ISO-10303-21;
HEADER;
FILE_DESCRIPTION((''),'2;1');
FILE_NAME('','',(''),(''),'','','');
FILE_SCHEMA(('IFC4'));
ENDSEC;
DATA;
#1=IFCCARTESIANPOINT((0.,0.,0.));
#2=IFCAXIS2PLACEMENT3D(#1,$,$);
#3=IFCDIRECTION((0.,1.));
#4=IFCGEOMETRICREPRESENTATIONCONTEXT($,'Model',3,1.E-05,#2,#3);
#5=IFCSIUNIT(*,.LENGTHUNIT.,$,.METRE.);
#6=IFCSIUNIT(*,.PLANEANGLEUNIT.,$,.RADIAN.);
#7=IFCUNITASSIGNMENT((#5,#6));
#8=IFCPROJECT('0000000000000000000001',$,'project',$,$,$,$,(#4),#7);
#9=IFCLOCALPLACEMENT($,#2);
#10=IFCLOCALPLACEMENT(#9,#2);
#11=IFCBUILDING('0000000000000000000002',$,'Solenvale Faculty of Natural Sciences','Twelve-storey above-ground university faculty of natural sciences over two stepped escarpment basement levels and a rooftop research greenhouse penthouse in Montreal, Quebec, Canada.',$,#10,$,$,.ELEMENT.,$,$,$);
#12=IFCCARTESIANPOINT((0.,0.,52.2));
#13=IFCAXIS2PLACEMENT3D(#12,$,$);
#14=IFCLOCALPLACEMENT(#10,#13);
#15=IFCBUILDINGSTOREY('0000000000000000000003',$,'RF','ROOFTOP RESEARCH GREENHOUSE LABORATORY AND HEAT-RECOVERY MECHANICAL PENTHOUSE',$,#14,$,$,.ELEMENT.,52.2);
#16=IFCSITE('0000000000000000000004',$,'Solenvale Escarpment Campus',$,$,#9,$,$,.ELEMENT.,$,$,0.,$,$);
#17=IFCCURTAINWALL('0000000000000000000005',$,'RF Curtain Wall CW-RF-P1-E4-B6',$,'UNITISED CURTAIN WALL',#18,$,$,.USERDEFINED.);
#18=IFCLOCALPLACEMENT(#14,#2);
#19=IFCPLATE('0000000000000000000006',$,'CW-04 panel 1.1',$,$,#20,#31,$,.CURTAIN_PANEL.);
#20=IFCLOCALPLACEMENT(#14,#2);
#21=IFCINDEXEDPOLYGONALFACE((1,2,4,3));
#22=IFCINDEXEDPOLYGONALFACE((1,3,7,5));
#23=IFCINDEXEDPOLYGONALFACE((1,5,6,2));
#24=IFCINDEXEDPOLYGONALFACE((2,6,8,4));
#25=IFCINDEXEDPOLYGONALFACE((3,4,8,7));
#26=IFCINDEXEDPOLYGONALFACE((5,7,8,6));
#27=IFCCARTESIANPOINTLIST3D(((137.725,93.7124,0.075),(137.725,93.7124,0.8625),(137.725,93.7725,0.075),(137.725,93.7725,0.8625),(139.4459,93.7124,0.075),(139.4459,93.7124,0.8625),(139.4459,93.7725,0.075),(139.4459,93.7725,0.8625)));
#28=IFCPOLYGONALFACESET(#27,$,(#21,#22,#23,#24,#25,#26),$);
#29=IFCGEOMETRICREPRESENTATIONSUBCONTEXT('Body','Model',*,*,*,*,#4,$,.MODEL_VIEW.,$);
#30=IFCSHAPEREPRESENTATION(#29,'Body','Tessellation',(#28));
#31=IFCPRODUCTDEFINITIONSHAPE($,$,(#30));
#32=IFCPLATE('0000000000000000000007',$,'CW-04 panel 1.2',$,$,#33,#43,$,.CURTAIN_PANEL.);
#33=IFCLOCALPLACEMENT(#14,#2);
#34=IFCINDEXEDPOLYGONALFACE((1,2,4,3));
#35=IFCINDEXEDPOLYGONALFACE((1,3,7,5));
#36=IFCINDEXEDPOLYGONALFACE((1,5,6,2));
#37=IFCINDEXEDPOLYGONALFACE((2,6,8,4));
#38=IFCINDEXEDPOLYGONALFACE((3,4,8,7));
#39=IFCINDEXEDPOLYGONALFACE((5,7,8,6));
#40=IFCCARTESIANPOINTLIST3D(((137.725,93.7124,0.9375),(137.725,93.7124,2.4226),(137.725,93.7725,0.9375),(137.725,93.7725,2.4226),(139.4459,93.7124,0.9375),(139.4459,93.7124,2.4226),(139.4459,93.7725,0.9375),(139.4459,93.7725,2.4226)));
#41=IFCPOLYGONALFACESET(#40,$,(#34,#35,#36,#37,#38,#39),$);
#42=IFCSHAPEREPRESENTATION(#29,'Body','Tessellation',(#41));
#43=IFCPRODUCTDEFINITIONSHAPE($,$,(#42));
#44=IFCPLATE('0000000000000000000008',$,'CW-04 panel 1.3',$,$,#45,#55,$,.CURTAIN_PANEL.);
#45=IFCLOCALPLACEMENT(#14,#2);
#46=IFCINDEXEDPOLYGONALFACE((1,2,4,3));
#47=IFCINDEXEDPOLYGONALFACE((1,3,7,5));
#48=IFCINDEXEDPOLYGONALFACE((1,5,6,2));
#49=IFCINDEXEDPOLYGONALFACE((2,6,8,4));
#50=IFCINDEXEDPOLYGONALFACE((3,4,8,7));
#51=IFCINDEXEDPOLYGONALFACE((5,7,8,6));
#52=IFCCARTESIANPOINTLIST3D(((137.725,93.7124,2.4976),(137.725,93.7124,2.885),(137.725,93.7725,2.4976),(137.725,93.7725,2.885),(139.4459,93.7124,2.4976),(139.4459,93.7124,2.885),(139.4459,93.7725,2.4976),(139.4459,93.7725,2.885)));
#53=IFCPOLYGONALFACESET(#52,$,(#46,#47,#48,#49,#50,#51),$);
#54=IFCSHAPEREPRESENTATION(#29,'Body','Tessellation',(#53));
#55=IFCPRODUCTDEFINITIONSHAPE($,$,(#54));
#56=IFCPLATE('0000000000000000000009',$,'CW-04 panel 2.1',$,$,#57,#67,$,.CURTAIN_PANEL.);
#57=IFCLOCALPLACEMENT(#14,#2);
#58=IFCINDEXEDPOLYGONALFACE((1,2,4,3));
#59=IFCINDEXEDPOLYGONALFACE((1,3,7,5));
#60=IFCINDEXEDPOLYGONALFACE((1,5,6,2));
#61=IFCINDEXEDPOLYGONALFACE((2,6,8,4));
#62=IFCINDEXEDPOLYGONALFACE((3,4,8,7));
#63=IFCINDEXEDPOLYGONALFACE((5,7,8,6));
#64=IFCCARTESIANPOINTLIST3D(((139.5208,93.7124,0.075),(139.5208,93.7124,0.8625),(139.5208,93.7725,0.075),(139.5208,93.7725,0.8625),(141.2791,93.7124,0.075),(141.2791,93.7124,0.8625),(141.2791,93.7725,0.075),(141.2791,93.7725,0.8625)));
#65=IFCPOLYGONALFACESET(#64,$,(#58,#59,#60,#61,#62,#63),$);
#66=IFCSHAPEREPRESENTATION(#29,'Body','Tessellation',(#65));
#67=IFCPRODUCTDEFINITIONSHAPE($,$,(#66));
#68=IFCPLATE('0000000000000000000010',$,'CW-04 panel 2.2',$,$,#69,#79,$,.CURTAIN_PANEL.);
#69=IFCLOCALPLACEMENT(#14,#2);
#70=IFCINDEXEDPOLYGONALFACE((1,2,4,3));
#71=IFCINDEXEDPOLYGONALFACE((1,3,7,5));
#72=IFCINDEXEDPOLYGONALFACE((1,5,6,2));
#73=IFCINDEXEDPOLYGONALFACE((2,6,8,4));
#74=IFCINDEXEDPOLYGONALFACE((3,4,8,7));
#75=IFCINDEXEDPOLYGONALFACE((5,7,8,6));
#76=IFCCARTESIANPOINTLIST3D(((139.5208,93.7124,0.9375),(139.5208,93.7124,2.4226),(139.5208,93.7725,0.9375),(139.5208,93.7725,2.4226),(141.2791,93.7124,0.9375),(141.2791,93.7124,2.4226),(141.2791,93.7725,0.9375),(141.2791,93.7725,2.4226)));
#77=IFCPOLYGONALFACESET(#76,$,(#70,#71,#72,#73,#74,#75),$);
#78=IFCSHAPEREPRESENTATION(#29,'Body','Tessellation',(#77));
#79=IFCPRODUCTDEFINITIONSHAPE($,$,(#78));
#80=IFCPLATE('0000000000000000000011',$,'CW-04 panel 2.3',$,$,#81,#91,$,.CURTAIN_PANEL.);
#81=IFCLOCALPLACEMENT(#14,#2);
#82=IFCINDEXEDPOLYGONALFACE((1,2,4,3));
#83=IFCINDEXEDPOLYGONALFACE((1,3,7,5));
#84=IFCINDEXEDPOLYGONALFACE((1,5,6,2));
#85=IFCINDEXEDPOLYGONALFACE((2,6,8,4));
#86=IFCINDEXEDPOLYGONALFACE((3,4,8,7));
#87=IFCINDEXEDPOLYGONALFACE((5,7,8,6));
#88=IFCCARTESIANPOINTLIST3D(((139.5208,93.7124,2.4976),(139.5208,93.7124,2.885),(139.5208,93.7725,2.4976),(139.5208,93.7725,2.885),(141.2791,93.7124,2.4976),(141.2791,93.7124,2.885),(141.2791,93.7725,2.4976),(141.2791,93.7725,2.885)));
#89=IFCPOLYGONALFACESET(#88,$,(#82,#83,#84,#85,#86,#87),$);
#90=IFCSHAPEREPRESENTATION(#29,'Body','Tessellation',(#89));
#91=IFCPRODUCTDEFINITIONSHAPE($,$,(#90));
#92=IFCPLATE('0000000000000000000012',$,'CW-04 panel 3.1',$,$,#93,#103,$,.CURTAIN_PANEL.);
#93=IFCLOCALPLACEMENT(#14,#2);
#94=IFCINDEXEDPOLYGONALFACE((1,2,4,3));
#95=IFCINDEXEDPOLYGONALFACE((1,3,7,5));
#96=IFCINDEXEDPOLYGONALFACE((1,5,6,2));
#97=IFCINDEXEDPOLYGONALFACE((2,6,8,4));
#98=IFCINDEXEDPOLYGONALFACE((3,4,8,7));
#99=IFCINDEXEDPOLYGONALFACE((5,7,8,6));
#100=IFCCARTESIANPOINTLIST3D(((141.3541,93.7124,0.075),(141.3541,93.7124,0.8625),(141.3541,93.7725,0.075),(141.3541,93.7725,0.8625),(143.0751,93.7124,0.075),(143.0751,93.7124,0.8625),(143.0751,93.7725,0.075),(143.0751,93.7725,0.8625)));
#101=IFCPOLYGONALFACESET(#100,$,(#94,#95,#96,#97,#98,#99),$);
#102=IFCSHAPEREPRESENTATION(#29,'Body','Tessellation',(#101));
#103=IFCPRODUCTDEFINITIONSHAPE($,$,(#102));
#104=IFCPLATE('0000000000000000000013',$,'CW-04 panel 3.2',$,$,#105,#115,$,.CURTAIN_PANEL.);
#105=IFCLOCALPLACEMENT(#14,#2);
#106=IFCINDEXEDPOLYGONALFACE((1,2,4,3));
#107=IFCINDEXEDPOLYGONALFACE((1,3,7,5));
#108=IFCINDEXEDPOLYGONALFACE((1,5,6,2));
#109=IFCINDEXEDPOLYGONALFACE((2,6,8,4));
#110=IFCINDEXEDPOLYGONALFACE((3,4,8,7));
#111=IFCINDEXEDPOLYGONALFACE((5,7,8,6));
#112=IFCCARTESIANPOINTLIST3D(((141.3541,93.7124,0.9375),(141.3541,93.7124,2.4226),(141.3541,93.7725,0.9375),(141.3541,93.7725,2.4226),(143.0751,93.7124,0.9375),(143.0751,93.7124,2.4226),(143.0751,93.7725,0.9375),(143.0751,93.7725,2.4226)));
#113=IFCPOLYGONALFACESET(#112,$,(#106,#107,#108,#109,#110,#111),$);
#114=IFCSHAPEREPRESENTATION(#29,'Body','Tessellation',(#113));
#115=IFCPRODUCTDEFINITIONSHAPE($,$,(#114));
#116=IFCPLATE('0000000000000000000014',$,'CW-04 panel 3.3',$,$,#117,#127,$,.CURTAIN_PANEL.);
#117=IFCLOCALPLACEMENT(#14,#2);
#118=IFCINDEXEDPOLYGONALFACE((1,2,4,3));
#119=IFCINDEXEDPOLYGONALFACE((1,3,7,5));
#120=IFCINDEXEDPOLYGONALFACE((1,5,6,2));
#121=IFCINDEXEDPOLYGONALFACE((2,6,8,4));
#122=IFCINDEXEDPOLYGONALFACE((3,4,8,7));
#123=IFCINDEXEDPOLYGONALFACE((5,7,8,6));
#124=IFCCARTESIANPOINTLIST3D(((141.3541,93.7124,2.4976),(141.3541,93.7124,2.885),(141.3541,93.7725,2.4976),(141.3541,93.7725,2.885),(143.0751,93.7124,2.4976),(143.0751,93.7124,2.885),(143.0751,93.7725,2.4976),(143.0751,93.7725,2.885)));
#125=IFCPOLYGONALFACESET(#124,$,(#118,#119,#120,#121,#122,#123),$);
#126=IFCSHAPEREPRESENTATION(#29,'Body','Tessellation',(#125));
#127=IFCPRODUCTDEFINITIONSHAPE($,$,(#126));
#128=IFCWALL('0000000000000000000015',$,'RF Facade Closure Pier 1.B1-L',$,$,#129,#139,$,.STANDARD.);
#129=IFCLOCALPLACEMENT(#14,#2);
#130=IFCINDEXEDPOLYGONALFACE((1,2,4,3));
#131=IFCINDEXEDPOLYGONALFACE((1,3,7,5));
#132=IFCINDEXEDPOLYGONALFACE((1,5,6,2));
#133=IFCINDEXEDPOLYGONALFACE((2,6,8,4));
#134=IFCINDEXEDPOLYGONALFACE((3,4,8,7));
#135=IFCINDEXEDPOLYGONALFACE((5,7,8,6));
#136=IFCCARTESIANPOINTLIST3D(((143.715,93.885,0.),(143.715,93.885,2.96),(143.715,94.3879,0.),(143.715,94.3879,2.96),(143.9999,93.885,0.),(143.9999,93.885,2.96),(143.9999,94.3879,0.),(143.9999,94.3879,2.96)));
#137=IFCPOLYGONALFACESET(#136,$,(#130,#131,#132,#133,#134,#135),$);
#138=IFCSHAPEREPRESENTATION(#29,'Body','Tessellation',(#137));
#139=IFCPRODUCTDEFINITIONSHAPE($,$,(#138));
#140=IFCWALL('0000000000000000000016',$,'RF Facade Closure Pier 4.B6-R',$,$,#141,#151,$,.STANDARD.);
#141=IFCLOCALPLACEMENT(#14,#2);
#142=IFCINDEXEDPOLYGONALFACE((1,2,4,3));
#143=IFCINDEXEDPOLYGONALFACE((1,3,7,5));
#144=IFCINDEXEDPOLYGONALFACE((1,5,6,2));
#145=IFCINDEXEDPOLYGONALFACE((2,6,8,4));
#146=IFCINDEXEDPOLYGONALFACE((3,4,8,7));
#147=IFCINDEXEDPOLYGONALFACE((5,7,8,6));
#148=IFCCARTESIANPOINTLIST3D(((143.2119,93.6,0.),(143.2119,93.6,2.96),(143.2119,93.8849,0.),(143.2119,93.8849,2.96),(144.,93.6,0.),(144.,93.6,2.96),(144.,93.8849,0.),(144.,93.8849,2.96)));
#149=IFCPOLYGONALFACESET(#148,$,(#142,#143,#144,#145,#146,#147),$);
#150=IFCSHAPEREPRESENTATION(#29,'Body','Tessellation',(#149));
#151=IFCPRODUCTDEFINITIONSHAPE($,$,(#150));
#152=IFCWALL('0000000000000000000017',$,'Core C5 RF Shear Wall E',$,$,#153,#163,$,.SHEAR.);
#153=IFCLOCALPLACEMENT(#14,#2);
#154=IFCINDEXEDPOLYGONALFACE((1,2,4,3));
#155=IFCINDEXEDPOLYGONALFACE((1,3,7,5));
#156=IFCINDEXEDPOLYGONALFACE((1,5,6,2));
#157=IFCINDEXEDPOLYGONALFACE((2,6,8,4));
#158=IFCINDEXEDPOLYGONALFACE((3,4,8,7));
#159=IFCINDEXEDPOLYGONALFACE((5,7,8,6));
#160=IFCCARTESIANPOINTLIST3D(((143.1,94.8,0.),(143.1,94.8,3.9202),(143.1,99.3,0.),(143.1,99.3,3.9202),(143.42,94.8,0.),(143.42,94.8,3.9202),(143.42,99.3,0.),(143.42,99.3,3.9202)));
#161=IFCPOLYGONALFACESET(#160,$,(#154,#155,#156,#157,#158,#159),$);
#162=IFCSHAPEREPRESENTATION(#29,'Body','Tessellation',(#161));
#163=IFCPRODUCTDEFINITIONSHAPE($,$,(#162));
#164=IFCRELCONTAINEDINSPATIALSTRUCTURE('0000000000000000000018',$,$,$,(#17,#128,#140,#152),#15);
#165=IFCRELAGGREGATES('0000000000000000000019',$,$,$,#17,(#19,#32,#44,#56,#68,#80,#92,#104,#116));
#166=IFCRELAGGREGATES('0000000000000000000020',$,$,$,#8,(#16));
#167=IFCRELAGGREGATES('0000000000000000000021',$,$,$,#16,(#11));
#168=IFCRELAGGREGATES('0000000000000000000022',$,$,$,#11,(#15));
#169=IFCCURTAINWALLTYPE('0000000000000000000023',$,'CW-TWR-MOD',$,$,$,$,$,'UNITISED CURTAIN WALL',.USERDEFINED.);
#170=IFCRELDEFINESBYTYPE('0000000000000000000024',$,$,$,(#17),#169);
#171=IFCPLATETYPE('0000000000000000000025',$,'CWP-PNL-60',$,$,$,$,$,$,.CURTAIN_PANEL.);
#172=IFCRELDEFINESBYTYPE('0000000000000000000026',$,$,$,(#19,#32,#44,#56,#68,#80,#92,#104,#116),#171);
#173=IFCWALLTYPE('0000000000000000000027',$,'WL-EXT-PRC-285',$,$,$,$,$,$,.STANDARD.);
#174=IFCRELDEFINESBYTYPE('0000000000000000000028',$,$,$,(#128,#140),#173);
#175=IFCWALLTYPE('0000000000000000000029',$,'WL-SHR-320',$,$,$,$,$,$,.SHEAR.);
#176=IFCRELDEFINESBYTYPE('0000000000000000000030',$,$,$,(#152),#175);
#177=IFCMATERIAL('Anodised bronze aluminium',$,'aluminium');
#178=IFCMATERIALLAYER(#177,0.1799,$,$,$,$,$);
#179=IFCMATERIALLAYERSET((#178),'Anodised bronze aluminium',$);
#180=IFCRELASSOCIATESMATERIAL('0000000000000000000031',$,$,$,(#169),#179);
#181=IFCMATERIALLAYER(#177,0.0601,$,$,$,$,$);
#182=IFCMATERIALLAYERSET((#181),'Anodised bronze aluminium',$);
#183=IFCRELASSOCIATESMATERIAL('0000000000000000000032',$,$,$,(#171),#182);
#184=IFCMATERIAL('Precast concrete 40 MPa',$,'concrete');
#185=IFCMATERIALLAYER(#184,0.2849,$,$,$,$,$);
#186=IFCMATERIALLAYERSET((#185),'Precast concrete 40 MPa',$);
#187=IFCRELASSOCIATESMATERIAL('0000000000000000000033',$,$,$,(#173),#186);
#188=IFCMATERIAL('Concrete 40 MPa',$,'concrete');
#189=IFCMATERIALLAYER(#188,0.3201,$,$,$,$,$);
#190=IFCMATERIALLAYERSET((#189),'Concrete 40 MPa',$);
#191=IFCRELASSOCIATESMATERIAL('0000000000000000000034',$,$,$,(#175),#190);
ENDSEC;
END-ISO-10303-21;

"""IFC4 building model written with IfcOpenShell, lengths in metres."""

from ifc_helpers import new_model, si_unit, direction, frame, frame_2d, origin, origin_2d, place, context, subcontext, project, spatial, rectangle, extrude, material, layer, layer_set, type_object, element, aggregate, save


model = new_model("IFC4")

# Units and contexts
model_context = context("Model", 3, precision=1e-05, world=origin(), true_north=direction((0.0, 1.0)))
body_context = subcontext(model_context, "Body", "Model", "MODEL_VIEW")
ifc_project = project(units=[si_unit("LENGTHUNIT", "METRE"), si_unit("PLANEANGLEUNIT", "RADIAN")], contexts=[model_context])

# Site, building, storey
site_placement = place(None, origin())
site = spatial("IfcSite", under=ifc_project, at=site_placement, Name="Solenvale Escarpment Campus", CompositionType="ELEMENT", RefElevation=0.0)
building_placement = place(site_placement, origin())
building = spatial("IfcBuilding", under=site, at=building_placement, Name="Solenvale Faculty of Natural Sciences", Description="Twelve-storey above-ground university faculty of natural sciences over two stepped escarpment basement levels and a rooftop research greenhouse penthouse in Montreal, Quebec, Canada.", CompositionType="ELEMENT")
storey_placement = place(building_placement, frame((0.0, 0.0, 52.2)))
storey = spatial("IfcBuildingStorey", under=building, at=storey_placement, Name="RF", Description="ROOFTOP RESEARCH GREENHOUSE LABORATORY AND HEAT-RECOVERY MECHANICAL PENTHOUSE", CompositionType="ELEMENT", Elevation=52.2)

# Shared definitions
ifc_material_1 = material(Name="Concrete 40 MPa", Category="concrete")

# Shared definitions
ifc_material_2 = material(Name="Anodised bronze aluminium", Category="aluminium")
ifc_layer_1 = layer(ifc_material_2, 0.1799)
ifc_layer_set_1 = layer_set([ifc_layer_1], Name="Anodised bronze aluminium")
curtain_wall_type = type_object("IfcCurtainWallType", Name="CW-TWR-MOD", ElementType="UNITISED CURTAIN WALL", PredefinedType="USERDEFINED", material=ifc_layer_set_1)

# Curtain wall
curtain_wall_1_placement = place(storey_placement, origin())
curtain_wall_1 = element("IfcCurtainWall", 1, at=curtain_wall_1_placement, inside=storey, type_object=curtain_wall_type, Name="RF Curtain Wall CW-RF-P1-E4-B6", ObjectType="UNITISED CURTAIN WALL", PredefinedType="USERDEFINED")

# Plates
ifc_layer_2 = layer(ifc_material_2, 0.0601)
ifc_layer_set_2 = layer_set([ifc_layer_2], Name="Anodised bronze aluminium")
plate_type = type_object("IfcPlateType", Name="CWP-PNL-60", PredefinedType="CURTAIN_PANEL", material=ifc_layer_set_2)
plate_1_placement = place(storey_placement, frame((138.5854, 93.7424, 0.075), z_axis=(0.0, 0.0, 1.0), x_axis=(1.0, 0.0, 0.0)))
plate_1 = element("IfcPlate", 2, at=plate_1_placement, type_object=plate_type, Name="CW-04 panel 1.1", PredefinedType="CURTAIN_PANEL", context=body_context, shape_type="SweptSolid", body=[
    extrude(rectangle(XDim=1.7209, YDim=0.0601, at=origin_2d()), origin(), (0.0, 0.0, 1.0), 0.7876),
])
plate_2_placement = place(storey_placement, frame((138.5854, 93.7424, 0.9375), z_axis=(0.0, 0.0, 1.0), x_axis=(1.0, 0.0, 0.0)))
plate_2 = element("IfcPlate", 3, at=plate_2_placement, type_object=plate_type, Name="CW-04 panel 1.2", PredefinedType="CURTAIN_PANEL", context=body_context, shape_type="SweptSolid", body=[
    extrude(rectangle(XDim=1.7209, YDim=0.0601, at=origin_2d()), origin(), (0.0, 0.0, 1.0), 1.4851),
])
plate_3_placement = place(storey_placement, frame((138.5854, 93.7424, 2.4976), z_axis=(0.0, 0.0, 1.0), x_axis=(1.0, 0.0, 0.0)))
plate_3 = element("IfcPlate", 4, at=plate_3_placement, type_object=plate_type, Name="CW-04 panel 1.3", PredefinedType="CURTAIN_PANEL", context=body_context, shape_type="SweptSolid", body=[
    extrude(rectangle(XDim=1.7209, YDim=0.0601, at=origin_2d()), origin(), (0.0, 0.0, 1.0), 0.3875),
])
plate_4_placement = place(storey_placement, frame((140.3999, 93.7424, 0.075), z_axis=(0.0, 0.0, 1.0), x_axis=(1.0, 0.0, 0.0)))
plate_4 = element("IfcPlate", 5, at=plate_4_placement, type_object=plate_type, Name="CW-04 panel 2.1", PredefinedType="CURTAIN_PANEL", context=body_context, shape_type="SweptSolid", body=[
    extrude(rectangle(XDim=1.7583, YDim=0.0601, at=origin_2d()), origin(), (0.0, 0.0, 1.0), 0.7876),
])
plate_5_placement = place(storey_placement, frame((140.3999, 93.7424, 0.9375), z_axis=(0.0, 0.0, 1.0), x_axis=(1.0, 0.0, 0.0)))
plate_5 = element("IfcPlate", 6, at=plate_5_placement, type_object=plate_type, Name="CW-04 panel 2.2", PredefinedType="CURTAIN_PANEL", context=body_context, shape_type="SweptSolid", body=[
    extrude(rectangle(XDim=1.7583, YDim=0.0601, at=origin_2d()), origin(), (0.0, 0.0, 1.0), 1.4851),
])
plate_6_placement = place(storey_placement, frame((140.3999, 93.7424, 2.4976), z_axis=(0.0, 0.0, 1.0), x_axis=(1.0, 0.0, 0.0)))
plate_6 = element("IfcPlate", 7, at=plate_6_placement, type_object=plate_type, Name="CW-04 panel 2.3", PredefinedType="CURTAIN_PANEL", context=body_context, shape_type="SweptSolid", body=[
    extrude(rectangle(XDim=1.7583, YDim=0.0601, at=origin_2d()), origin(), (0.0, 0.0, 1.0), 0.3875),
])
plate_7_placement = place(storey_placement, frame((142.2146, 93.7424, 0.075), z_axis=(0.0, 0.0, 1.0), x_axis=(1.0, 0.0, 0.0)))
plate_7 = element("IfcPlate", 8, at=plate_7_placement, type_object=plate_type, Name="CW-04 panel 3.1", PredefinedType="CURTAIN_PANEL", context=body_context, shape_type="SweptSolid", body=[
    extrude(rectangle(XDim=1.7209, YDim=0.0601, at=origin_2d()), origin(), (0.0, 0.0, 1.0), 0.7876),
])
plate_8_placement = place(storey_placement, frame((142.2146, 93.7424, 0.9375), z_axis=(0.0, 0.0, 1.0), x_axis=(1.0, 0.0, 0.0)))
plate_8 = element("IfcPlate", 9, at=plate_8_placement, type_object=plate_type, Name="CW-04 panel 3.2", PredefinedType="CURTAIN_PANEL", context=body_context, shape_type="SweptSolid", body=[
    extrude(rectangle(XDim=1.7209, YDim=0.0601, at=origin_2d()), origin(), (0.0, 0.0, 1.0), 1.4851),
])
plate_9_placement = place(storey_placement, frame((142.2146, 93.7424, 2.4976), z_axis=(0.0, 0.0, 1.0), x_axis=(1.0, 0.0, 0.0)))
plate_9 = element("IfcPlate", 10, at=plate_9_placement, type_object=plate_type, Name="CW-04 panel 3.3", PredefinedType="CURTAIN_PANEL", context=body_context, shape_type="SweptSolid", body=[
    extrude(rectangle(XDim=1.7209, YDim=0.0601, at=origin_2d()), origin(), (0.0, 0.0, 1.0), 0.3875),
])
aggregate(curtain_wall_1, [plate_1, plate_2, plate_3, plate_4, plate_5, plate_6, plate_7, plate_8, plate_9])

# Walls
ifc_material_3 = material(Name="Precast concrete 40 MPa", Category="concrete")
ifc_layer_3 = layer(ifc_material_3, 0.2849)
ifc_layer_set_3 = layer_set([ifc_layer_3], Name="Precast concrete 40 MPa")
wall_type_1 = type_object("IfcWallType", Name="WL-EXT-PRC-285", PredefinedType="STANDARD", material=ifc_layer_set_3)
wall_1_placement = place(storey_placement, frame((143.8574, 93.885, 0.0), z_axis=(0.0, 0.0, 1.0), x_axis=(0.0, 1.0, 0.0)))
element("IfcWall", 11, at=wall_1_placement, inside=storey, type_object=wall_type_1, Name="RF Facade Closure Pier 1.B1-L", PredefinedType="STANDARD", context=body_context, shape_type="SweptSolid", body=[
    extrude(rectangle(XDim=0.5029, YDim=0.2849, at=frame_2d((0.2515, 0.0))), origin(), (0.0, 0.0, 1.0), 2.96),
])
wall_2_placement = place(storey_placement, frame((143.2119, 93.7424, 0.0), z_axis=(0.0, 0.0, 1.0), x_axis=(1.0, 0.0, 0.0)))
element("IfcWall", 12, at=wall_2_placement, inside=storey, type_object=wall_type_1, Name="RF Facade Closure Pier 4.B6-R", PredefinedType="STANDARD", context=body_context, shape_type="SweptSolid", body=[
    extrude(rectangle(XDim=0.7881, YDim=0.2849, at=frame_2d((0.394, 0.0))), origin(), (0.0, 0.0, 1.0), 2.96),
])
ifc_layer_4 = layer(ifc_material_1, 0.3201)
ifc_layer_set_4 = layer_set([ifc_layer_4], Name="Concrete 40 MPa")
wall_type_2 = type_object("IfcWallType", Name="WL-SHR-320", PredefinedType="SHEAR", material=ifc_layer_set_4)
wall_3_placement = place(storey_placement, frame((143.26, 94.8, 0.0), z_axis=(0.0, 0.0, 1.0), x_axis=(0.0, 1.0, 0.0)))
element("IfcWall", 13, at=wall_3_placement, inside=storey, type_object=wall_type_2, Name="Core C5 RF Shear Wall E", PredefinedType="SHEAR", context=body_context, shape_type="SweptSolid", body=[
    extrude(rectangle(XDim=4.5, YDim=0.3201, at=frame_2d((2.25, 0.0))), origin(), (0.0, 0.0, 1.0), 3.9202),
])

save(model, "model.ifc")
